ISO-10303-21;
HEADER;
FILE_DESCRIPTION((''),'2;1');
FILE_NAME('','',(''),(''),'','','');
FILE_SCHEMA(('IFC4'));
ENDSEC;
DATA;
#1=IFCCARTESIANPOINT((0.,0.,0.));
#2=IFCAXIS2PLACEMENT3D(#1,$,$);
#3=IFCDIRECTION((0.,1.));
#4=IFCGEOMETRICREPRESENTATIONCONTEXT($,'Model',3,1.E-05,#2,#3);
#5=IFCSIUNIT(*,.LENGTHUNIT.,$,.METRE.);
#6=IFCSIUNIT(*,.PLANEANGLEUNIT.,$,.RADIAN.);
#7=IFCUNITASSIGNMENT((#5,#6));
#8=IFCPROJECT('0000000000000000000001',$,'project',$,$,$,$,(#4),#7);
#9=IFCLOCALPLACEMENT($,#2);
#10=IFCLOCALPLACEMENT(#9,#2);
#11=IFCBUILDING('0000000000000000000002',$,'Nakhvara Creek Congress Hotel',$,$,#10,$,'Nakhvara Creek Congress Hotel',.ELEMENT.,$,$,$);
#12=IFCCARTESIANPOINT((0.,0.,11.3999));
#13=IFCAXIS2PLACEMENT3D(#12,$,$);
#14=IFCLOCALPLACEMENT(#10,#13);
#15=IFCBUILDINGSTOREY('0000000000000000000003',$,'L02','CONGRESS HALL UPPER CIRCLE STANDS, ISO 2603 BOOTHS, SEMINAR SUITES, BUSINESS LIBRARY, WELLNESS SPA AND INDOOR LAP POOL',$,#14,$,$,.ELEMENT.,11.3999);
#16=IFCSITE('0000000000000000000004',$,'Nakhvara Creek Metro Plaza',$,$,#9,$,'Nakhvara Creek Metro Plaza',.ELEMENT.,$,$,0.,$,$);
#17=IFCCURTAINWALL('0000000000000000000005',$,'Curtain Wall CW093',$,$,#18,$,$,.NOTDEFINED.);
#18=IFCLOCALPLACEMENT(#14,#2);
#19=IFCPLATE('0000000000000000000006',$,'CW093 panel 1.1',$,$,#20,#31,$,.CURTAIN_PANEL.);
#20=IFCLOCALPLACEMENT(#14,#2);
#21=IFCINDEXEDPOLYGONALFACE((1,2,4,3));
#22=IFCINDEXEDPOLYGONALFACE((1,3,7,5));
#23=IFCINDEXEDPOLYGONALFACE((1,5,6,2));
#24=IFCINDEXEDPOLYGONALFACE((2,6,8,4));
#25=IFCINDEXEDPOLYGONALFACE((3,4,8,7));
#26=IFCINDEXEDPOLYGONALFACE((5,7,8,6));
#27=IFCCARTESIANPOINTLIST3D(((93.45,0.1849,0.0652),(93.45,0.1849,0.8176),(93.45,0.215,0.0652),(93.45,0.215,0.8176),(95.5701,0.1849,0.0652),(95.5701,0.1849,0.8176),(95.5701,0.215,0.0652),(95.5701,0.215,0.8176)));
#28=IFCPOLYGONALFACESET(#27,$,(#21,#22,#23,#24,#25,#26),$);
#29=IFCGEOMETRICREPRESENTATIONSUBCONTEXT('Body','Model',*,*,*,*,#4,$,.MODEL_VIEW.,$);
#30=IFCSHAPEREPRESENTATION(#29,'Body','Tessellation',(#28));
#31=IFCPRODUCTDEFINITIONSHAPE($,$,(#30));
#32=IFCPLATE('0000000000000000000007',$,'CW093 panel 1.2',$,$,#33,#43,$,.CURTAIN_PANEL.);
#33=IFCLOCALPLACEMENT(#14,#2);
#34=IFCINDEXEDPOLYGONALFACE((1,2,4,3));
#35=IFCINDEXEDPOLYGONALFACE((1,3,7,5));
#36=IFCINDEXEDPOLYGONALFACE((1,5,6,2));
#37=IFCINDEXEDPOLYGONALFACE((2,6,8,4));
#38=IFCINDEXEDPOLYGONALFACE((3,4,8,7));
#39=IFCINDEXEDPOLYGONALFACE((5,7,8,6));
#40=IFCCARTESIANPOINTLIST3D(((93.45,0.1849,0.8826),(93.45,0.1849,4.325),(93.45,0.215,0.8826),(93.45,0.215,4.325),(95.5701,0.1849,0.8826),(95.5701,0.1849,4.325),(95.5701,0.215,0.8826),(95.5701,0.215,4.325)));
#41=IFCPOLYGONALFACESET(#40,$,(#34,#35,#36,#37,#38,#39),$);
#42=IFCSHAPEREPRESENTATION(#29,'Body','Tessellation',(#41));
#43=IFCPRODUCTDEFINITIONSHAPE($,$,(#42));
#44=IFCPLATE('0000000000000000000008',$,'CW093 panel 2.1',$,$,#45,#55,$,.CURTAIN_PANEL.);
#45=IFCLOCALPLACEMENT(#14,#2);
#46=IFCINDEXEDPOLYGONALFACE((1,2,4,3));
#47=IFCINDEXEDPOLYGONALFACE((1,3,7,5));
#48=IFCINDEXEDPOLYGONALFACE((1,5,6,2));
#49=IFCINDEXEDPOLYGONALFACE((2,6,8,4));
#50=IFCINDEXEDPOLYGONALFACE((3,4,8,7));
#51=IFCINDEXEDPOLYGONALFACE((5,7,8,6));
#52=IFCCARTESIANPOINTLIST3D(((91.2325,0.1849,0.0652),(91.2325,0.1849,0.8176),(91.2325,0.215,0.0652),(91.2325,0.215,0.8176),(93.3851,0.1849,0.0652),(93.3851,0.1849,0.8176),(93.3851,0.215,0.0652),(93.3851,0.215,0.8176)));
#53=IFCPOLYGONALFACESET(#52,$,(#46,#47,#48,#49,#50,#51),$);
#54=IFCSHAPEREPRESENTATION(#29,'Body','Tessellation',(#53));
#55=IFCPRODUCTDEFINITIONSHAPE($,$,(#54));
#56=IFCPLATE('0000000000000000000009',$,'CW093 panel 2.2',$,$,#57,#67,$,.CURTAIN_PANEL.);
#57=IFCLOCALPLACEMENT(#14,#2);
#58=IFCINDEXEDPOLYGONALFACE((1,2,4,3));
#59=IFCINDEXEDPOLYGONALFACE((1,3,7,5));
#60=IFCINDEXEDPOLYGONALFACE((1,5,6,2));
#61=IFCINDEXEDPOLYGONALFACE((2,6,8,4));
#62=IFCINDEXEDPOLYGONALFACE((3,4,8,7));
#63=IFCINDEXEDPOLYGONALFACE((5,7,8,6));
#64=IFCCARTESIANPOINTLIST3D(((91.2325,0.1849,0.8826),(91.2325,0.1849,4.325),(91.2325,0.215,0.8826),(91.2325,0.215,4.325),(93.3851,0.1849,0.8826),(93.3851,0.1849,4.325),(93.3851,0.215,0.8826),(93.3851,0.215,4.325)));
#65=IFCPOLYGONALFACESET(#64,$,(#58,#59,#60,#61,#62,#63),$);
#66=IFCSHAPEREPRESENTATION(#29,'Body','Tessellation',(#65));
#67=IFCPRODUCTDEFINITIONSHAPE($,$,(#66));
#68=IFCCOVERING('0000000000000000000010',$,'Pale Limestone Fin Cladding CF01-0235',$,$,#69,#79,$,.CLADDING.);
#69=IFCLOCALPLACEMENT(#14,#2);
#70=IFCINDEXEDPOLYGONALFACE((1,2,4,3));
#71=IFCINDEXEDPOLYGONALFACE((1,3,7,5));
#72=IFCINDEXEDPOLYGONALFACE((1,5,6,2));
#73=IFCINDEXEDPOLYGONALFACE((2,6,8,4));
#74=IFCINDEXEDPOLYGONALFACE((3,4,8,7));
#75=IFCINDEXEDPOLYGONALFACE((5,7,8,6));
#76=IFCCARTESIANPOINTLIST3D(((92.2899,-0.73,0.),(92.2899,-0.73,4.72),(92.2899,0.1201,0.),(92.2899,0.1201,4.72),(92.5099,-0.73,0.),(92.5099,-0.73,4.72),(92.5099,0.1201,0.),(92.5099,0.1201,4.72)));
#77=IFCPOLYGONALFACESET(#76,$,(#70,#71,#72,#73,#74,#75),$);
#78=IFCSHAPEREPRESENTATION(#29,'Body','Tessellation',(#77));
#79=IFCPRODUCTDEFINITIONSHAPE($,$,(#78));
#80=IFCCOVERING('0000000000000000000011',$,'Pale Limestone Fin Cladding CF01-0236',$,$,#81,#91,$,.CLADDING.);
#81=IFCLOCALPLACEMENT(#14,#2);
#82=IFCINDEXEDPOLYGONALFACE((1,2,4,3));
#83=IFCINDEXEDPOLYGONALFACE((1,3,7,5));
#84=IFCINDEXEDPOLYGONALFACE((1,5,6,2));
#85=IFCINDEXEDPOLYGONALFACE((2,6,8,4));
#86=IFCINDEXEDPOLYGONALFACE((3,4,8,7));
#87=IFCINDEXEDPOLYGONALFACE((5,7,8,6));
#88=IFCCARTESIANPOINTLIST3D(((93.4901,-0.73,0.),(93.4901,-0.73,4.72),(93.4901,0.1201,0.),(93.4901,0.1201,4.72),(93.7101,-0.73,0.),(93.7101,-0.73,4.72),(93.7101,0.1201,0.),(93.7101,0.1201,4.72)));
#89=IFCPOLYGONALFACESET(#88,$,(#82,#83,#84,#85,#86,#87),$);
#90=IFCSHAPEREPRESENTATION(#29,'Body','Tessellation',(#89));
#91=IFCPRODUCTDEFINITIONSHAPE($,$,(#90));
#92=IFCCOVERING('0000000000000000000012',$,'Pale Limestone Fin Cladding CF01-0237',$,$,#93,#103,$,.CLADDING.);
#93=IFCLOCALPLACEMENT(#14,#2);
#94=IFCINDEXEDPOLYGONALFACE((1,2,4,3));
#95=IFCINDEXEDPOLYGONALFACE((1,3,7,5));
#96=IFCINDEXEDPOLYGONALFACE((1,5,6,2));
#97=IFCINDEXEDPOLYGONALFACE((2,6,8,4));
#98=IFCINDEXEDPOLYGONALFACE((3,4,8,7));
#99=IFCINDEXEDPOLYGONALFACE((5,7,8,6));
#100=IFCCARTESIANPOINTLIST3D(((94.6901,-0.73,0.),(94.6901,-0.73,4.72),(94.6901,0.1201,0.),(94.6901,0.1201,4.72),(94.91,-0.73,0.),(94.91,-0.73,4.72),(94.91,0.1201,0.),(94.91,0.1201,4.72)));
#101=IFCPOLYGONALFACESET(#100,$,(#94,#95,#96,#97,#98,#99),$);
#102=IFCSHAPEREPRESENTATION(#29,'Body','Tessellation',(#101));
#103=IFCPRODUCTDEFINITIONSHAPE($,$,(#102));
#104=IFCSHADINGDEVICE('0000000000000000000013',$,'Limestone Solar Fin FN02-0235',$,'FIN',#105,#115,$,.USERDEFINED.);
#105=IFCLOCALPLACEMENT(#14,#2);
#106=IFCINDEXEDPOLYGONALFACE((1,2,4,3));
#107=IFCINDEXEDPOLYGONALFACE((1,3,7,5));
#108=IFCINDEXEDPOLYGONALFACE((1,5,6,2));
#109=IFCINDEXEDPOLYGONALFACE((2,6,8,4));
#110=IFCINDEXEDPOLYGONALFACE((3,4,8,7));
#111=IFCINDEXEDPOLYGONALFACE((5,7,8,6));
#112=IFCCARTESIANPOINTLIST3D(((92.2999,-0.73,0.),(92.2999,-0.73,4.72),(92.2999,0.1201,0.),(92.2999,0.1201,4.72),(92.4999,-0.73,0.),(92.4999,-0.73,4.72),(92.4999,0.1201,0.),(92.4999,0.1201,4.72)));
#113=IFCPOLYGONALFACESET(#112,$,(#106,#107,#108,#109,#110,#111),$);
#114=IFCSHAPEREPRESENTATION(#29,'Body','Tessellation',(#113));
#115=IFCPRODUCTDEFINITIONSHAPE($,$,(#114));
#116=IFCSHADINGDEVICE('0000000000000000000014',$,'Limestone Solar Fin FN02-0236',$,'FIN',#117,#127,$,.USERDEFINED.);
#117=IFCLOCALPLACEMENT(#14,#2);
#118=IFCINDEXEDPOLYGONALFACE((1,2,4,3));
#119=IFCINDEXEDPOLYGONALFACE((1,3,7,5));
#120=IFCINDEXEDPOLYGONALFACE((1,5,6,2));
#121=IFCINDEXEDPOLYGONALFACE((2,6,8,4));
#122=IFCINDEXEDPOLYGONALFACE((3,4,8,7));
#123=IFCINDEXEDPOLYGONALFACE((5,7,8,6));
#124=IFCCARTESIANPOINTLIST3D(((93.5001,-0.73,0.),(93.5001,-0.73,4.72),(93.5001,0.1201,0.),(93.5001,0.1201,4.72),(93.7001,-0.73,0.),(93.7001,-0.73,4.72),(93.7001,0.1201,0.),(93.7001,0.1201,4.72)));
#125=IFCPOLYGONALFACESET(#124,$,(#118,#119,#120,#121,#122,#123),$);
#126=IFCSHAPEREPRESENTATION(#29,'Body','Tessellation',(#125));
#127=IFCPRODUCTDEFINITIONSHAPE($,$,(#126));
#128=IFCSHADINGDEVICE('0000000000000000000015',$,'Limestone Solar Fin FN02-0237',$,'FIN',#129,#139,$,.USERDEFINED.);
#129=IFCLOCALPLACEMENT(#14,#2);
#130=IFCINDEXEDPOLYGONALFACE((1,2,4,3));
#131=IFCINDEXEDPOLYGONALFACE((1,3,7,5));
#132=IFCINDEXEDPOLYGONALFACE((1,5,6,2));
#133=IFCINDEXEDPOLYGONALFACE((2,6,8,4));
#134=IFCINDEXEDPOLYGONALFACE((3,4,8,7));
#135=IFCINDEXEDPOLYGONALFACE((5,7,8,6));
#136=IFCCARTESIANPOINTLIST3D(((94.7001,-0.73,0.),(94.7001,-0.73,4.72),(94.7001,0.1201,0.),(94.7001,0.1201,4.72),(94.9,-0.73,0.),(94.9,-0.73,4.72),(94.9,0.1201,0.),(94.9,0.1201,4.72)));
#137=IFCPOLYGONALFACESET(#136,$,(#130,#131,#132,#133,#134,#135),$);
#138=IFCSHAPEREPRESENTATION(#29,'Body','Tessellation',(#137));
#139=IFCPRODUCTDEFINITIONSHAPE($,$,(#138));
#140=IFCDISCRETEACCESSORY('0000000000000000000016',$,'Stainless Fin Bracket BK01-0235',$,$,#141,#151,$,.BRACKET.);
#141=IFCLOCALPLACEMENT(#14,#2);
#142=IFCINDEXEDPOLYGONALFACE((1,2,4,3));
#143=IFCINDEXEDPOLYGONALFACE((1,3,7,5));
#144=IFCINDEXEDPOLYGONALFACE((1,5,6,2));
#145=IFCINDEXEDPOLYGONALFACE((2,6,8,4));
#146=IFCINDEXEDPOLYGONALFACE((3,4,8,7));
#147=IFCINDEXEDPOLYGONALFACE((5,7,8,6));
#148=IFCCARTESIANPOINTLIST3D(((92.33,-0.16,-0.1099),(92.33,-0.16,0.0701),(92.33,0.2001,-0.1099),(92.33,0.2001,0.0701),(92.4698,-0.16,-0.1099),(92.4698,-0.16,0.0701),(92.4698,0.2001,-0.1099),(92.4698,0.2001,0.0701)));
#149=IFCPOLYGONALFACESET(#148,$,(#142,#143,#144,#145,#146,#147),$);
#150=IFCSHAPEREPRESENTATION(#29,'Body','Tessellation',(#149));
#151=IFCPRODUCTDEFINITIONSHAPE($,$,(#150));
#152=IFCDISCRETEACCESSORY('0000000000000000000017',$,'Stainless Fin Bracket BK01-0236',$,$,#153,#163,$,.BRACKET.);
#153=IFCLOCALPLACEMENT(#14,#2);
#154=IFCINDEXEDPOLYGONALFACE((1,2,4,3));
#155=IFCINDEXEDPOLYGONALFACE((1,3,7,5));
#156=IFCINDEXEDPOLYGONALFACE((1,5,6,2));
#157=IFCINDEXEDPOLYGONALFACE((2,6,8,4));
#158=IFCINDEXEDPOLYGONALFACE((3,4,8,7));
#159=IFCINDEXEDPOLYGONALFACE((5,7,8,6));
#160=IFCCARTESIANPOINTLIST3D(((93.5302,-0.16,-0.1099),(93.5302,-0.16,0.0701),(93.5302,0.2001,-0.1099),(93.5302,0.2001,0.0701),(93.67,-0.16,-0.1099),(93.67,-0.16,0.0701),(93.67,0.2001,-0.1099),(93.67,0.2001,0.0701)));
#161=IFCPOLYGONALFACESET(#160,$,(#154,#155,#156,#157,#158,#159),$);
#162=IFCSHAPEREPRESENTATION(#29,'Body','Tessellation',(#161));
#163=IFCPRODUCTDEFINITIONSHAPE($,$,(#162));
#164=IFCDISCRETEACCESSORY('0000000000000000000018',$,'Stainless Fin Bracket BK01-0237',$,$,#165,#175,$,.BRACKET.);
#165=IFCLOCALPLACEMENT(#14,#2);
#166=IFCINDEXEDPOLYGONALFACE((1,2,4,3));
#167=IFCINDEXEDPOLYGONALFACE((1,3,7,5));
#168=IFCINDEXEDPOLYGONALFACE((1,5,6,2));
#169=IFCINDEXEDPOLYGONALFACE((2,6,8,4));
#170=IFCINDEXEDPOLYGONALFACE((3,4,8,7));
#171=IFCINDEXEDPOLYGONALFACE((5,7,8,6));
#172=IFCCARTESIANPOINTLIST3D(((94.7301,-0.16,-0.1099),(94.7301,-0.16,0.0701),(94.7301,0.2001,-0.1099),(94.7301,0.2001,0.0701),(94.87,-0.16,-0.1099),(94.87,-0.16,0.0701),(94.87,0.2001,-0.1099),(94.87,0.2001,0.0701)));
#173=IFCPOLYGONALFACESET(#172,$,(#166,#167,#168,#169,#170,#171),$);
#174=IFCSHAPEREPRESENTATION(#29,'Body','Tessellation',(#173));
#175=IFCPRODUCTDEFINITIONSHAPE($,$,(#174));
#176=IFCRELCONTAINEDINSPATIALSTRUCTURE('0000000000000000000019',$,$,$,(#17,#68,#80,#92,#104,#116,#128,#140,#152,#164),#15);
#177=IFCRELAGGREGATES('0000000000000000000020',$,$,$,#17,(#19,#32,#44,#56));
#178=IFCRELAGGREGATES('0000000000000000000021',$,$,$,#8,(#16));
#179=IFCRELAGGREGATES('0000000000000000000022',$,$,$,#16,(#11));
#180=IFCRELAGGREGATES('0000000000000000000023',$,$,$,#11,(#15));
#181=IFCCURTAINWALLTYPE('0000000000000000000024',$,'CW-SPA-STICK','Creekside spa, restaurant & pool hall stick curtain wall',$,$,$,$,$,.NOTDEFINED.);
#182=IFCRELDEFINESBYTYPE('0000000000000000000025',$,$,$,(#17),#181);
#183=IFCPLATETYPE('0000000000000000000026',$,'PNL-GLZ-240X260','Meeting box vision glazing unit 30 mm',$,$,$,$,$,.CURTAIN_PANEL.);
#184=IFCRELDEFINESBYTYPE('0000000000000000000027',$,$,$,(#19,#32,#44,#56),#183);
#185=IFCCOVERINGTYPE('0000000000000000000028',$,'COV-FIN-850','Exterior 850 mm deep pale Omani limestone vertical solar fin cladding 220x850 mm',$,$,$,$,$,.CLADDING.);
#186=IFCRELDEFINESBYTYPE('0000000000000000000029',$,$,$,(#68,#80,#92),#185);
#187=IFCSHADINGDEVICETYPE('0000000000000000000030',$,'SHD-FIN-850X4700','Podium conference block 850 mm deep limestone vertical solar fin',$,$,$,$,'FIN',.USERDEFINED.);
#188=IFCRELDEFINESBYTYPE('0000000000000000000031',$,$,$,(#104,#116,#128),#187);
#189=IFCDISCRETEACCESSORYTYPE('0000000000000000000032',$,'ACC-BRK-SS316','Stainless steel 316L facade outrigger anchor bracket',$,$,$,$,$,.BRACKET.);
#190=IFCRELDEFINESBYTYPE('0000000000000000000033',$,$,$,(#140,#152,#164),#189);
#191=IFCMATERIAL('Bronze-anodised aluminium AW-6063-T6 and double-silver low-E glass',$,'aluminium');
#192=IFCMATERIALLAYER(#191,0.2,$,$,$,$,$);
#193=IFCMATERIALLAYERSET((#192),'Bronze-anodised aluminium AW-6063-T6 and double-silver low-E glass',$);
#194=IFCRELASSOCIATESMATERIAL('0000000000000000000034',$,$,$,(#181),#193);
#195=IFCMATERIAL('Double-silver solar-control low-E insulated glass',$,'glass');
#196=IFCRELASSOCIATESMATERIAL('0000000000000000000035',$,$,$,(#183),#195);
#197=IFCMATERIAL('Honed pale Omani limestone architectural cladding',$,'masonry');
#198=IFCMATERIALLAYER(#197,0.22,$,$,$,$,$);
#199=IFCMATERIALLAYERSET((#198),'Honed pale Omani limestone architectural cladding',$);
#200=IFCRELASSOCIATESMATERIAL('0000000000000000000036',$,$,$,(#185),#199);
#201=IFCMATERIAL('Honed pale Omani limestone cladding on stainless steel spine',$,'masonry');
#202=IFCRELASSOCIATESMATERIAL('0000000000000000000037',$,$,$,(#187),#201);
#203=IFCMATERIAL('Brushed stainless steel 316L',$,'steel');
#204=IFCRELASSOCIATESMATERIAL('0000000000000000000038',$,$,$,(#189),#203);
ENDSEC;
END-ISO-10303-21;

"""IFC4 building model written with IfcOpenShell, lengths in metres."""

from ifc_helpers import new_model, si_unit, direction, frame, origin, origin_2d, place, context, subcontext, project, spatial, rectangle, extrude, material, layer, layer_set, type_object, element, aggregate, save


model = new_model("IFC4")

# Units and contexts
model_context = context("Model", 3, precision=1e-05, world=origin(), true_north=direction((0.0, 1.0)))
body_context = subcontext(model_context, "Body", "Model", "MODEL_VIEW")
ifc_project = project(units=[si_unit("LENGTHUNIT", "METRE"), si_unit("PLANEANGLEUNIT", "RADIAN")], contexts=[model_context])

# Site, building, storey
site_placement = place(None, origin())
site = spatial("IfcSite", under=ifc_project, at=site_placement, Name="Nakhvara Creek Metro Plaza", LongName="Nakhvara Creek Metro Plaza", CompositionType="ELEMENT", RefElevation=0.0)
building_placement = place(site_placement, origin())
building = spatial("IfcBuilding", under=site, at=building_placement, Name="Nakhvara Creek Congress Hotel", LongName="Nakhvara Creek Congress Hotel", CompositionType="ELEMENT")
storey_placement = place(building_placement, frame((0.0, 0.0, 11.3999)))
storey = spatial("IfcBuildingStorey", under=building, at=storey_placement, Name="L02", Description="CONGRESS HALL UPPER CIRCLE STANDS, ISO 2603 BOOTHS, SEMINAR SUITES, BUSINESS LIBRARY, WELLNESS SPA AND INDOOR LAP POOL", CompositionType="ELEMENT", Elevation=11.3999)

# Curtain wall, plates
ifc_material_1 = material(Name="Bronze-anodised aluminium AW-6063-T6 and double-silver low-E glass", Category="aluminium")
ifc_layer_1 = layer(ifc_material_1, 0.2)
ifc_layer_set_1 = layer_set([ifc_layer_1], Name="Bronze-anodised aluminium AW-6063-T6 and double-silver low-E glass")
curtain_wall_type = type_object("IfcCurtainWallType", Name="CW-SPA-STICK", Description="Creekside spa, restaurant & pool hall stick curtain wall", PredefinedType="NOTDEFINED", material=ifc_layer_set_1)
curtain_wall_placement = place(storey_placement, origin())
curtain_wall = element("IfcCurtainWall", 1, at=curtain_wall_placement, inside=storey, type_object=curtain_wall_type, Name="Curtain Wall CW093", PredefinedType="NOTDEFINED")
ifc_material_2 = material(Name="Double-silver solar-control low-E insulated glass", Category="glass")
plate_type = type_object("IfcPlateType", Name="PNL-GLZ-240X260", Description="Meeting box vision glazing unit 30 mm", PredefinedType="CURTAIN_PANEL", material=ifc_material_2)
plate_1_placement = place(storey_placement, frame((94.51, 0.2, 0.0652), z_axis=(0.0, 0.0, 1.0), x_axis=(-1.0, 0.0, 0.0)))
plate_1 = element("IfcPlate", 2, at=plate_1_placement, type_object=plate_type, Name="CW093 panel 1.1", PredefinedType="CURTAIN_PANEL", context=body_context, shape_type="SweptSolid", body=[
    extrude(rectangle(XDim=2.1201, YDim=0.03, at=origin_2d()), origin(), (0.0, 0.0, 1.0), 0.7524),
])
plate_2_placement = place(storey_placement, frame((94.51, 0.2, 0.8826), z_axis=(0.0, 0.0, 1.0), x_axis=(-1.0, 0.0, 0.0)))
plate_2 = element("IfcPlate", 3, at=plate_2_placement, type_object=plate_type, Name="CW093 panel 1.2", PredefinedType="CURTAIN_PANEL", context=body_context, shape_type="SweptSolid", body=[
    extrude(rectangle(XDim=2.1201, YDim=0.03, at=origin_2d()), origin(), (0.0, 0.0, 1.0), 3.4424),
])
plate_3_placement = place(storey_placement, frame((92.3088, 0.2, 0.0652), z_axis=(0.0, 0.0, 1.0), x_axis=(-1.0, 0.0, 0.0)))
plate_3 = element("IfcPlate", 4, at=plate_3_placement, type_object=plate_type, Name="CW093 panel 2.1", PredefinedType="CURTAIN_PANEL", context=body_context, shape_type="SweptSolid", body=[
    extrude(rectangle(XDim=2.1526, YDim=0.03, at=origin_2d()), origin(), (0.0, 0.0, 1.0), 0.7524),
])
plate_4_placement = place(storey_placement, frame((92.3088, 0.2, 0.8826), z_axis=(0.0, 0.0, 1.0), x_axis=(-1.0, 0.0, 0.0)))
plate_4 = element("IfcPlate", 5, at=plate_4_placement, type_object=plate_type, Name="CW093 panel 2.2", PredefinedType="CURTAIN_PANEL", context=body_context, shape_type="SweptSolid", body=[
    extrude(rectangle(XDim=2.1526, YDim=0.03, at=origin_2d()), origin(), (0.0, 0.0, 1.0), 3.4424),
])
aggregate(curtain_wall, [plate_1, plate_2, plate_3, plate_4])

# Coverings
ifc_material_3 = material(Name="Honed pale Omani limestone architectural cladding", Category="masonry")
ifc_layer_2 = layer(ifc_material_3, 0.22)
ifc_layer_set_2 = layer_set([ifc_layer_2], Name="Honed pale Omani limestone architectural cladding")
covering_type = type_object("IfcCoveringType", Name="COV-FIN-850", Description="Exterior 850 mm deep pale Omani limestone vertical solar fin cladding 220x850 mm", PredefinedType="CLADDING", material=ifc_layer_set_2)
for number, where, z_axis, x_axis, name in (
    (6, (92.3999, -0.3049, 0.0), (0.0, 0.0, 1.0), (1.0, 0.0, 0.0), "Pale Limestone Fin Cladding CF01-0235"),
    (7, (93.6001, -0.3049, 0.0), (0.0, 0.0, 1.0), (1.0, 0.0, 0.0), "Pale Limestone Fin Cladding CF01-0236"),
    (8, (94.8, -0.3049, 0.0), (0.0, 0.0, 1.0), (1.0, 0.0, 0.0), "Pale Limestone Fin Cladding CF01-0237"),
):
    element("IfcCovering", number, at=place(storey_placement, frame(where, z_axis=z_axis, x_axis=x_axis)), inside=storey, type_object=covering_type, Name=name, PredefinedType="CLADDING", context=body_context, shape_type="SweptSolid", body=[
        extrude(rectangle(XDim=0.22, YDim=0.8501, at=origin_2d()), origin(), (0.0, 0.0, 1.0), 4.72),
    ])

# Shading devices
ifc_material_4 = material(Name="Honed pale Omani limestone cladding on stainless steel spine", Category="masonry")
shading_device_type = type_object("IfcShadingDeviceType", Name="SHD-FIN-850X4700", Description="Podium conference block 850 mm deep limestone vertical solar fin", ElementType="FIN", PredefinedType="USERDEFINED", material=ifc_material_4)
for number, where, z_axis, x_axis, name in (
    (9, (92.3999, -0.3049, 0.0), (0.0, 0.0, 1.0), (1.0, 0.0, 0.0), "Limestone Solar Fin FN02-0235"),
    (10, (93.6001, -0.3049, 0.0), (0.0, 0.0, 1.0), (1.0, 0.0, 0.0), "Limestone Solar Fin FN02-0236"),
    (11, (94.8, -0.3049, 0.0), (0.0, 0.0, 1.0), (1.0, 0.0, 0.0), "Limestone Solar Fin FN02-0237"),
):
    element("IfcShadingDevice", number, at=place(storey_placement, frame(where, z_axis=z_axis, x_axis=x_axis)), inside=storey, type_object=shading_device_type, Name=name, ObjectType="FIN", PredefinedType="USERDEFINED", context=body_context, shape_type="SweptSolid", body=[
        extrude(rectangle(XDim=0.2, YDim=0.8501, at=origin_2d()), origin(), (0.0, 0.0, 1.0), 4.72),
    ])

# Discrete accessories
ifc_material_5 = material(Name="Brushed stainless steel 316L", Category="steel")
discrete_accessory_type = type_object("IfcDiscreteAccessoryType", Name="ACC-BRK-SS316", Description="Stainless steel 316L facade outrigger anchor bracket", PredefinedType="BRACKET", material=ifc_material_5)
for number, where, z_axis, x_axis, name in (
    (12, (92.3999, 0.02, -0.1099), (0.0, 0.0, 1.0), (1.0, 0.0, 0.0), "Stainless Fin Bracket BK01-0235"),
    (13, (93.6001, 0.02, -0.1099), (0.0, 0.0, 1.0), (1.0, 0.0, 0.0), "Stainless Fin Bracket BK01-0236"),
    (14, (94.8, 0.02, -0.1099), (0.0, 0.0, 1.0), (1.0, 0.0, 0.0), "Stainless Fin Bracket BK01-0237"),
):
    element("IfcDiscreteAccessory", number, at=place(storey_placement, frame(where, z_axis=z_axis, x_axis=x_axis)), inside=storey, type_object=discrete_accessory_type, Name=name, PredefinedType="BRACKET", context=body_context, shape_type="SweptSolid", body=[
        extrude(rectangle(XDim=0.1399, YDim=0.3601, at=origin_2d()), origin(), (0.0, 0.0, 1.0), 0.1799),
    ])

save(model, "model.ifc")
